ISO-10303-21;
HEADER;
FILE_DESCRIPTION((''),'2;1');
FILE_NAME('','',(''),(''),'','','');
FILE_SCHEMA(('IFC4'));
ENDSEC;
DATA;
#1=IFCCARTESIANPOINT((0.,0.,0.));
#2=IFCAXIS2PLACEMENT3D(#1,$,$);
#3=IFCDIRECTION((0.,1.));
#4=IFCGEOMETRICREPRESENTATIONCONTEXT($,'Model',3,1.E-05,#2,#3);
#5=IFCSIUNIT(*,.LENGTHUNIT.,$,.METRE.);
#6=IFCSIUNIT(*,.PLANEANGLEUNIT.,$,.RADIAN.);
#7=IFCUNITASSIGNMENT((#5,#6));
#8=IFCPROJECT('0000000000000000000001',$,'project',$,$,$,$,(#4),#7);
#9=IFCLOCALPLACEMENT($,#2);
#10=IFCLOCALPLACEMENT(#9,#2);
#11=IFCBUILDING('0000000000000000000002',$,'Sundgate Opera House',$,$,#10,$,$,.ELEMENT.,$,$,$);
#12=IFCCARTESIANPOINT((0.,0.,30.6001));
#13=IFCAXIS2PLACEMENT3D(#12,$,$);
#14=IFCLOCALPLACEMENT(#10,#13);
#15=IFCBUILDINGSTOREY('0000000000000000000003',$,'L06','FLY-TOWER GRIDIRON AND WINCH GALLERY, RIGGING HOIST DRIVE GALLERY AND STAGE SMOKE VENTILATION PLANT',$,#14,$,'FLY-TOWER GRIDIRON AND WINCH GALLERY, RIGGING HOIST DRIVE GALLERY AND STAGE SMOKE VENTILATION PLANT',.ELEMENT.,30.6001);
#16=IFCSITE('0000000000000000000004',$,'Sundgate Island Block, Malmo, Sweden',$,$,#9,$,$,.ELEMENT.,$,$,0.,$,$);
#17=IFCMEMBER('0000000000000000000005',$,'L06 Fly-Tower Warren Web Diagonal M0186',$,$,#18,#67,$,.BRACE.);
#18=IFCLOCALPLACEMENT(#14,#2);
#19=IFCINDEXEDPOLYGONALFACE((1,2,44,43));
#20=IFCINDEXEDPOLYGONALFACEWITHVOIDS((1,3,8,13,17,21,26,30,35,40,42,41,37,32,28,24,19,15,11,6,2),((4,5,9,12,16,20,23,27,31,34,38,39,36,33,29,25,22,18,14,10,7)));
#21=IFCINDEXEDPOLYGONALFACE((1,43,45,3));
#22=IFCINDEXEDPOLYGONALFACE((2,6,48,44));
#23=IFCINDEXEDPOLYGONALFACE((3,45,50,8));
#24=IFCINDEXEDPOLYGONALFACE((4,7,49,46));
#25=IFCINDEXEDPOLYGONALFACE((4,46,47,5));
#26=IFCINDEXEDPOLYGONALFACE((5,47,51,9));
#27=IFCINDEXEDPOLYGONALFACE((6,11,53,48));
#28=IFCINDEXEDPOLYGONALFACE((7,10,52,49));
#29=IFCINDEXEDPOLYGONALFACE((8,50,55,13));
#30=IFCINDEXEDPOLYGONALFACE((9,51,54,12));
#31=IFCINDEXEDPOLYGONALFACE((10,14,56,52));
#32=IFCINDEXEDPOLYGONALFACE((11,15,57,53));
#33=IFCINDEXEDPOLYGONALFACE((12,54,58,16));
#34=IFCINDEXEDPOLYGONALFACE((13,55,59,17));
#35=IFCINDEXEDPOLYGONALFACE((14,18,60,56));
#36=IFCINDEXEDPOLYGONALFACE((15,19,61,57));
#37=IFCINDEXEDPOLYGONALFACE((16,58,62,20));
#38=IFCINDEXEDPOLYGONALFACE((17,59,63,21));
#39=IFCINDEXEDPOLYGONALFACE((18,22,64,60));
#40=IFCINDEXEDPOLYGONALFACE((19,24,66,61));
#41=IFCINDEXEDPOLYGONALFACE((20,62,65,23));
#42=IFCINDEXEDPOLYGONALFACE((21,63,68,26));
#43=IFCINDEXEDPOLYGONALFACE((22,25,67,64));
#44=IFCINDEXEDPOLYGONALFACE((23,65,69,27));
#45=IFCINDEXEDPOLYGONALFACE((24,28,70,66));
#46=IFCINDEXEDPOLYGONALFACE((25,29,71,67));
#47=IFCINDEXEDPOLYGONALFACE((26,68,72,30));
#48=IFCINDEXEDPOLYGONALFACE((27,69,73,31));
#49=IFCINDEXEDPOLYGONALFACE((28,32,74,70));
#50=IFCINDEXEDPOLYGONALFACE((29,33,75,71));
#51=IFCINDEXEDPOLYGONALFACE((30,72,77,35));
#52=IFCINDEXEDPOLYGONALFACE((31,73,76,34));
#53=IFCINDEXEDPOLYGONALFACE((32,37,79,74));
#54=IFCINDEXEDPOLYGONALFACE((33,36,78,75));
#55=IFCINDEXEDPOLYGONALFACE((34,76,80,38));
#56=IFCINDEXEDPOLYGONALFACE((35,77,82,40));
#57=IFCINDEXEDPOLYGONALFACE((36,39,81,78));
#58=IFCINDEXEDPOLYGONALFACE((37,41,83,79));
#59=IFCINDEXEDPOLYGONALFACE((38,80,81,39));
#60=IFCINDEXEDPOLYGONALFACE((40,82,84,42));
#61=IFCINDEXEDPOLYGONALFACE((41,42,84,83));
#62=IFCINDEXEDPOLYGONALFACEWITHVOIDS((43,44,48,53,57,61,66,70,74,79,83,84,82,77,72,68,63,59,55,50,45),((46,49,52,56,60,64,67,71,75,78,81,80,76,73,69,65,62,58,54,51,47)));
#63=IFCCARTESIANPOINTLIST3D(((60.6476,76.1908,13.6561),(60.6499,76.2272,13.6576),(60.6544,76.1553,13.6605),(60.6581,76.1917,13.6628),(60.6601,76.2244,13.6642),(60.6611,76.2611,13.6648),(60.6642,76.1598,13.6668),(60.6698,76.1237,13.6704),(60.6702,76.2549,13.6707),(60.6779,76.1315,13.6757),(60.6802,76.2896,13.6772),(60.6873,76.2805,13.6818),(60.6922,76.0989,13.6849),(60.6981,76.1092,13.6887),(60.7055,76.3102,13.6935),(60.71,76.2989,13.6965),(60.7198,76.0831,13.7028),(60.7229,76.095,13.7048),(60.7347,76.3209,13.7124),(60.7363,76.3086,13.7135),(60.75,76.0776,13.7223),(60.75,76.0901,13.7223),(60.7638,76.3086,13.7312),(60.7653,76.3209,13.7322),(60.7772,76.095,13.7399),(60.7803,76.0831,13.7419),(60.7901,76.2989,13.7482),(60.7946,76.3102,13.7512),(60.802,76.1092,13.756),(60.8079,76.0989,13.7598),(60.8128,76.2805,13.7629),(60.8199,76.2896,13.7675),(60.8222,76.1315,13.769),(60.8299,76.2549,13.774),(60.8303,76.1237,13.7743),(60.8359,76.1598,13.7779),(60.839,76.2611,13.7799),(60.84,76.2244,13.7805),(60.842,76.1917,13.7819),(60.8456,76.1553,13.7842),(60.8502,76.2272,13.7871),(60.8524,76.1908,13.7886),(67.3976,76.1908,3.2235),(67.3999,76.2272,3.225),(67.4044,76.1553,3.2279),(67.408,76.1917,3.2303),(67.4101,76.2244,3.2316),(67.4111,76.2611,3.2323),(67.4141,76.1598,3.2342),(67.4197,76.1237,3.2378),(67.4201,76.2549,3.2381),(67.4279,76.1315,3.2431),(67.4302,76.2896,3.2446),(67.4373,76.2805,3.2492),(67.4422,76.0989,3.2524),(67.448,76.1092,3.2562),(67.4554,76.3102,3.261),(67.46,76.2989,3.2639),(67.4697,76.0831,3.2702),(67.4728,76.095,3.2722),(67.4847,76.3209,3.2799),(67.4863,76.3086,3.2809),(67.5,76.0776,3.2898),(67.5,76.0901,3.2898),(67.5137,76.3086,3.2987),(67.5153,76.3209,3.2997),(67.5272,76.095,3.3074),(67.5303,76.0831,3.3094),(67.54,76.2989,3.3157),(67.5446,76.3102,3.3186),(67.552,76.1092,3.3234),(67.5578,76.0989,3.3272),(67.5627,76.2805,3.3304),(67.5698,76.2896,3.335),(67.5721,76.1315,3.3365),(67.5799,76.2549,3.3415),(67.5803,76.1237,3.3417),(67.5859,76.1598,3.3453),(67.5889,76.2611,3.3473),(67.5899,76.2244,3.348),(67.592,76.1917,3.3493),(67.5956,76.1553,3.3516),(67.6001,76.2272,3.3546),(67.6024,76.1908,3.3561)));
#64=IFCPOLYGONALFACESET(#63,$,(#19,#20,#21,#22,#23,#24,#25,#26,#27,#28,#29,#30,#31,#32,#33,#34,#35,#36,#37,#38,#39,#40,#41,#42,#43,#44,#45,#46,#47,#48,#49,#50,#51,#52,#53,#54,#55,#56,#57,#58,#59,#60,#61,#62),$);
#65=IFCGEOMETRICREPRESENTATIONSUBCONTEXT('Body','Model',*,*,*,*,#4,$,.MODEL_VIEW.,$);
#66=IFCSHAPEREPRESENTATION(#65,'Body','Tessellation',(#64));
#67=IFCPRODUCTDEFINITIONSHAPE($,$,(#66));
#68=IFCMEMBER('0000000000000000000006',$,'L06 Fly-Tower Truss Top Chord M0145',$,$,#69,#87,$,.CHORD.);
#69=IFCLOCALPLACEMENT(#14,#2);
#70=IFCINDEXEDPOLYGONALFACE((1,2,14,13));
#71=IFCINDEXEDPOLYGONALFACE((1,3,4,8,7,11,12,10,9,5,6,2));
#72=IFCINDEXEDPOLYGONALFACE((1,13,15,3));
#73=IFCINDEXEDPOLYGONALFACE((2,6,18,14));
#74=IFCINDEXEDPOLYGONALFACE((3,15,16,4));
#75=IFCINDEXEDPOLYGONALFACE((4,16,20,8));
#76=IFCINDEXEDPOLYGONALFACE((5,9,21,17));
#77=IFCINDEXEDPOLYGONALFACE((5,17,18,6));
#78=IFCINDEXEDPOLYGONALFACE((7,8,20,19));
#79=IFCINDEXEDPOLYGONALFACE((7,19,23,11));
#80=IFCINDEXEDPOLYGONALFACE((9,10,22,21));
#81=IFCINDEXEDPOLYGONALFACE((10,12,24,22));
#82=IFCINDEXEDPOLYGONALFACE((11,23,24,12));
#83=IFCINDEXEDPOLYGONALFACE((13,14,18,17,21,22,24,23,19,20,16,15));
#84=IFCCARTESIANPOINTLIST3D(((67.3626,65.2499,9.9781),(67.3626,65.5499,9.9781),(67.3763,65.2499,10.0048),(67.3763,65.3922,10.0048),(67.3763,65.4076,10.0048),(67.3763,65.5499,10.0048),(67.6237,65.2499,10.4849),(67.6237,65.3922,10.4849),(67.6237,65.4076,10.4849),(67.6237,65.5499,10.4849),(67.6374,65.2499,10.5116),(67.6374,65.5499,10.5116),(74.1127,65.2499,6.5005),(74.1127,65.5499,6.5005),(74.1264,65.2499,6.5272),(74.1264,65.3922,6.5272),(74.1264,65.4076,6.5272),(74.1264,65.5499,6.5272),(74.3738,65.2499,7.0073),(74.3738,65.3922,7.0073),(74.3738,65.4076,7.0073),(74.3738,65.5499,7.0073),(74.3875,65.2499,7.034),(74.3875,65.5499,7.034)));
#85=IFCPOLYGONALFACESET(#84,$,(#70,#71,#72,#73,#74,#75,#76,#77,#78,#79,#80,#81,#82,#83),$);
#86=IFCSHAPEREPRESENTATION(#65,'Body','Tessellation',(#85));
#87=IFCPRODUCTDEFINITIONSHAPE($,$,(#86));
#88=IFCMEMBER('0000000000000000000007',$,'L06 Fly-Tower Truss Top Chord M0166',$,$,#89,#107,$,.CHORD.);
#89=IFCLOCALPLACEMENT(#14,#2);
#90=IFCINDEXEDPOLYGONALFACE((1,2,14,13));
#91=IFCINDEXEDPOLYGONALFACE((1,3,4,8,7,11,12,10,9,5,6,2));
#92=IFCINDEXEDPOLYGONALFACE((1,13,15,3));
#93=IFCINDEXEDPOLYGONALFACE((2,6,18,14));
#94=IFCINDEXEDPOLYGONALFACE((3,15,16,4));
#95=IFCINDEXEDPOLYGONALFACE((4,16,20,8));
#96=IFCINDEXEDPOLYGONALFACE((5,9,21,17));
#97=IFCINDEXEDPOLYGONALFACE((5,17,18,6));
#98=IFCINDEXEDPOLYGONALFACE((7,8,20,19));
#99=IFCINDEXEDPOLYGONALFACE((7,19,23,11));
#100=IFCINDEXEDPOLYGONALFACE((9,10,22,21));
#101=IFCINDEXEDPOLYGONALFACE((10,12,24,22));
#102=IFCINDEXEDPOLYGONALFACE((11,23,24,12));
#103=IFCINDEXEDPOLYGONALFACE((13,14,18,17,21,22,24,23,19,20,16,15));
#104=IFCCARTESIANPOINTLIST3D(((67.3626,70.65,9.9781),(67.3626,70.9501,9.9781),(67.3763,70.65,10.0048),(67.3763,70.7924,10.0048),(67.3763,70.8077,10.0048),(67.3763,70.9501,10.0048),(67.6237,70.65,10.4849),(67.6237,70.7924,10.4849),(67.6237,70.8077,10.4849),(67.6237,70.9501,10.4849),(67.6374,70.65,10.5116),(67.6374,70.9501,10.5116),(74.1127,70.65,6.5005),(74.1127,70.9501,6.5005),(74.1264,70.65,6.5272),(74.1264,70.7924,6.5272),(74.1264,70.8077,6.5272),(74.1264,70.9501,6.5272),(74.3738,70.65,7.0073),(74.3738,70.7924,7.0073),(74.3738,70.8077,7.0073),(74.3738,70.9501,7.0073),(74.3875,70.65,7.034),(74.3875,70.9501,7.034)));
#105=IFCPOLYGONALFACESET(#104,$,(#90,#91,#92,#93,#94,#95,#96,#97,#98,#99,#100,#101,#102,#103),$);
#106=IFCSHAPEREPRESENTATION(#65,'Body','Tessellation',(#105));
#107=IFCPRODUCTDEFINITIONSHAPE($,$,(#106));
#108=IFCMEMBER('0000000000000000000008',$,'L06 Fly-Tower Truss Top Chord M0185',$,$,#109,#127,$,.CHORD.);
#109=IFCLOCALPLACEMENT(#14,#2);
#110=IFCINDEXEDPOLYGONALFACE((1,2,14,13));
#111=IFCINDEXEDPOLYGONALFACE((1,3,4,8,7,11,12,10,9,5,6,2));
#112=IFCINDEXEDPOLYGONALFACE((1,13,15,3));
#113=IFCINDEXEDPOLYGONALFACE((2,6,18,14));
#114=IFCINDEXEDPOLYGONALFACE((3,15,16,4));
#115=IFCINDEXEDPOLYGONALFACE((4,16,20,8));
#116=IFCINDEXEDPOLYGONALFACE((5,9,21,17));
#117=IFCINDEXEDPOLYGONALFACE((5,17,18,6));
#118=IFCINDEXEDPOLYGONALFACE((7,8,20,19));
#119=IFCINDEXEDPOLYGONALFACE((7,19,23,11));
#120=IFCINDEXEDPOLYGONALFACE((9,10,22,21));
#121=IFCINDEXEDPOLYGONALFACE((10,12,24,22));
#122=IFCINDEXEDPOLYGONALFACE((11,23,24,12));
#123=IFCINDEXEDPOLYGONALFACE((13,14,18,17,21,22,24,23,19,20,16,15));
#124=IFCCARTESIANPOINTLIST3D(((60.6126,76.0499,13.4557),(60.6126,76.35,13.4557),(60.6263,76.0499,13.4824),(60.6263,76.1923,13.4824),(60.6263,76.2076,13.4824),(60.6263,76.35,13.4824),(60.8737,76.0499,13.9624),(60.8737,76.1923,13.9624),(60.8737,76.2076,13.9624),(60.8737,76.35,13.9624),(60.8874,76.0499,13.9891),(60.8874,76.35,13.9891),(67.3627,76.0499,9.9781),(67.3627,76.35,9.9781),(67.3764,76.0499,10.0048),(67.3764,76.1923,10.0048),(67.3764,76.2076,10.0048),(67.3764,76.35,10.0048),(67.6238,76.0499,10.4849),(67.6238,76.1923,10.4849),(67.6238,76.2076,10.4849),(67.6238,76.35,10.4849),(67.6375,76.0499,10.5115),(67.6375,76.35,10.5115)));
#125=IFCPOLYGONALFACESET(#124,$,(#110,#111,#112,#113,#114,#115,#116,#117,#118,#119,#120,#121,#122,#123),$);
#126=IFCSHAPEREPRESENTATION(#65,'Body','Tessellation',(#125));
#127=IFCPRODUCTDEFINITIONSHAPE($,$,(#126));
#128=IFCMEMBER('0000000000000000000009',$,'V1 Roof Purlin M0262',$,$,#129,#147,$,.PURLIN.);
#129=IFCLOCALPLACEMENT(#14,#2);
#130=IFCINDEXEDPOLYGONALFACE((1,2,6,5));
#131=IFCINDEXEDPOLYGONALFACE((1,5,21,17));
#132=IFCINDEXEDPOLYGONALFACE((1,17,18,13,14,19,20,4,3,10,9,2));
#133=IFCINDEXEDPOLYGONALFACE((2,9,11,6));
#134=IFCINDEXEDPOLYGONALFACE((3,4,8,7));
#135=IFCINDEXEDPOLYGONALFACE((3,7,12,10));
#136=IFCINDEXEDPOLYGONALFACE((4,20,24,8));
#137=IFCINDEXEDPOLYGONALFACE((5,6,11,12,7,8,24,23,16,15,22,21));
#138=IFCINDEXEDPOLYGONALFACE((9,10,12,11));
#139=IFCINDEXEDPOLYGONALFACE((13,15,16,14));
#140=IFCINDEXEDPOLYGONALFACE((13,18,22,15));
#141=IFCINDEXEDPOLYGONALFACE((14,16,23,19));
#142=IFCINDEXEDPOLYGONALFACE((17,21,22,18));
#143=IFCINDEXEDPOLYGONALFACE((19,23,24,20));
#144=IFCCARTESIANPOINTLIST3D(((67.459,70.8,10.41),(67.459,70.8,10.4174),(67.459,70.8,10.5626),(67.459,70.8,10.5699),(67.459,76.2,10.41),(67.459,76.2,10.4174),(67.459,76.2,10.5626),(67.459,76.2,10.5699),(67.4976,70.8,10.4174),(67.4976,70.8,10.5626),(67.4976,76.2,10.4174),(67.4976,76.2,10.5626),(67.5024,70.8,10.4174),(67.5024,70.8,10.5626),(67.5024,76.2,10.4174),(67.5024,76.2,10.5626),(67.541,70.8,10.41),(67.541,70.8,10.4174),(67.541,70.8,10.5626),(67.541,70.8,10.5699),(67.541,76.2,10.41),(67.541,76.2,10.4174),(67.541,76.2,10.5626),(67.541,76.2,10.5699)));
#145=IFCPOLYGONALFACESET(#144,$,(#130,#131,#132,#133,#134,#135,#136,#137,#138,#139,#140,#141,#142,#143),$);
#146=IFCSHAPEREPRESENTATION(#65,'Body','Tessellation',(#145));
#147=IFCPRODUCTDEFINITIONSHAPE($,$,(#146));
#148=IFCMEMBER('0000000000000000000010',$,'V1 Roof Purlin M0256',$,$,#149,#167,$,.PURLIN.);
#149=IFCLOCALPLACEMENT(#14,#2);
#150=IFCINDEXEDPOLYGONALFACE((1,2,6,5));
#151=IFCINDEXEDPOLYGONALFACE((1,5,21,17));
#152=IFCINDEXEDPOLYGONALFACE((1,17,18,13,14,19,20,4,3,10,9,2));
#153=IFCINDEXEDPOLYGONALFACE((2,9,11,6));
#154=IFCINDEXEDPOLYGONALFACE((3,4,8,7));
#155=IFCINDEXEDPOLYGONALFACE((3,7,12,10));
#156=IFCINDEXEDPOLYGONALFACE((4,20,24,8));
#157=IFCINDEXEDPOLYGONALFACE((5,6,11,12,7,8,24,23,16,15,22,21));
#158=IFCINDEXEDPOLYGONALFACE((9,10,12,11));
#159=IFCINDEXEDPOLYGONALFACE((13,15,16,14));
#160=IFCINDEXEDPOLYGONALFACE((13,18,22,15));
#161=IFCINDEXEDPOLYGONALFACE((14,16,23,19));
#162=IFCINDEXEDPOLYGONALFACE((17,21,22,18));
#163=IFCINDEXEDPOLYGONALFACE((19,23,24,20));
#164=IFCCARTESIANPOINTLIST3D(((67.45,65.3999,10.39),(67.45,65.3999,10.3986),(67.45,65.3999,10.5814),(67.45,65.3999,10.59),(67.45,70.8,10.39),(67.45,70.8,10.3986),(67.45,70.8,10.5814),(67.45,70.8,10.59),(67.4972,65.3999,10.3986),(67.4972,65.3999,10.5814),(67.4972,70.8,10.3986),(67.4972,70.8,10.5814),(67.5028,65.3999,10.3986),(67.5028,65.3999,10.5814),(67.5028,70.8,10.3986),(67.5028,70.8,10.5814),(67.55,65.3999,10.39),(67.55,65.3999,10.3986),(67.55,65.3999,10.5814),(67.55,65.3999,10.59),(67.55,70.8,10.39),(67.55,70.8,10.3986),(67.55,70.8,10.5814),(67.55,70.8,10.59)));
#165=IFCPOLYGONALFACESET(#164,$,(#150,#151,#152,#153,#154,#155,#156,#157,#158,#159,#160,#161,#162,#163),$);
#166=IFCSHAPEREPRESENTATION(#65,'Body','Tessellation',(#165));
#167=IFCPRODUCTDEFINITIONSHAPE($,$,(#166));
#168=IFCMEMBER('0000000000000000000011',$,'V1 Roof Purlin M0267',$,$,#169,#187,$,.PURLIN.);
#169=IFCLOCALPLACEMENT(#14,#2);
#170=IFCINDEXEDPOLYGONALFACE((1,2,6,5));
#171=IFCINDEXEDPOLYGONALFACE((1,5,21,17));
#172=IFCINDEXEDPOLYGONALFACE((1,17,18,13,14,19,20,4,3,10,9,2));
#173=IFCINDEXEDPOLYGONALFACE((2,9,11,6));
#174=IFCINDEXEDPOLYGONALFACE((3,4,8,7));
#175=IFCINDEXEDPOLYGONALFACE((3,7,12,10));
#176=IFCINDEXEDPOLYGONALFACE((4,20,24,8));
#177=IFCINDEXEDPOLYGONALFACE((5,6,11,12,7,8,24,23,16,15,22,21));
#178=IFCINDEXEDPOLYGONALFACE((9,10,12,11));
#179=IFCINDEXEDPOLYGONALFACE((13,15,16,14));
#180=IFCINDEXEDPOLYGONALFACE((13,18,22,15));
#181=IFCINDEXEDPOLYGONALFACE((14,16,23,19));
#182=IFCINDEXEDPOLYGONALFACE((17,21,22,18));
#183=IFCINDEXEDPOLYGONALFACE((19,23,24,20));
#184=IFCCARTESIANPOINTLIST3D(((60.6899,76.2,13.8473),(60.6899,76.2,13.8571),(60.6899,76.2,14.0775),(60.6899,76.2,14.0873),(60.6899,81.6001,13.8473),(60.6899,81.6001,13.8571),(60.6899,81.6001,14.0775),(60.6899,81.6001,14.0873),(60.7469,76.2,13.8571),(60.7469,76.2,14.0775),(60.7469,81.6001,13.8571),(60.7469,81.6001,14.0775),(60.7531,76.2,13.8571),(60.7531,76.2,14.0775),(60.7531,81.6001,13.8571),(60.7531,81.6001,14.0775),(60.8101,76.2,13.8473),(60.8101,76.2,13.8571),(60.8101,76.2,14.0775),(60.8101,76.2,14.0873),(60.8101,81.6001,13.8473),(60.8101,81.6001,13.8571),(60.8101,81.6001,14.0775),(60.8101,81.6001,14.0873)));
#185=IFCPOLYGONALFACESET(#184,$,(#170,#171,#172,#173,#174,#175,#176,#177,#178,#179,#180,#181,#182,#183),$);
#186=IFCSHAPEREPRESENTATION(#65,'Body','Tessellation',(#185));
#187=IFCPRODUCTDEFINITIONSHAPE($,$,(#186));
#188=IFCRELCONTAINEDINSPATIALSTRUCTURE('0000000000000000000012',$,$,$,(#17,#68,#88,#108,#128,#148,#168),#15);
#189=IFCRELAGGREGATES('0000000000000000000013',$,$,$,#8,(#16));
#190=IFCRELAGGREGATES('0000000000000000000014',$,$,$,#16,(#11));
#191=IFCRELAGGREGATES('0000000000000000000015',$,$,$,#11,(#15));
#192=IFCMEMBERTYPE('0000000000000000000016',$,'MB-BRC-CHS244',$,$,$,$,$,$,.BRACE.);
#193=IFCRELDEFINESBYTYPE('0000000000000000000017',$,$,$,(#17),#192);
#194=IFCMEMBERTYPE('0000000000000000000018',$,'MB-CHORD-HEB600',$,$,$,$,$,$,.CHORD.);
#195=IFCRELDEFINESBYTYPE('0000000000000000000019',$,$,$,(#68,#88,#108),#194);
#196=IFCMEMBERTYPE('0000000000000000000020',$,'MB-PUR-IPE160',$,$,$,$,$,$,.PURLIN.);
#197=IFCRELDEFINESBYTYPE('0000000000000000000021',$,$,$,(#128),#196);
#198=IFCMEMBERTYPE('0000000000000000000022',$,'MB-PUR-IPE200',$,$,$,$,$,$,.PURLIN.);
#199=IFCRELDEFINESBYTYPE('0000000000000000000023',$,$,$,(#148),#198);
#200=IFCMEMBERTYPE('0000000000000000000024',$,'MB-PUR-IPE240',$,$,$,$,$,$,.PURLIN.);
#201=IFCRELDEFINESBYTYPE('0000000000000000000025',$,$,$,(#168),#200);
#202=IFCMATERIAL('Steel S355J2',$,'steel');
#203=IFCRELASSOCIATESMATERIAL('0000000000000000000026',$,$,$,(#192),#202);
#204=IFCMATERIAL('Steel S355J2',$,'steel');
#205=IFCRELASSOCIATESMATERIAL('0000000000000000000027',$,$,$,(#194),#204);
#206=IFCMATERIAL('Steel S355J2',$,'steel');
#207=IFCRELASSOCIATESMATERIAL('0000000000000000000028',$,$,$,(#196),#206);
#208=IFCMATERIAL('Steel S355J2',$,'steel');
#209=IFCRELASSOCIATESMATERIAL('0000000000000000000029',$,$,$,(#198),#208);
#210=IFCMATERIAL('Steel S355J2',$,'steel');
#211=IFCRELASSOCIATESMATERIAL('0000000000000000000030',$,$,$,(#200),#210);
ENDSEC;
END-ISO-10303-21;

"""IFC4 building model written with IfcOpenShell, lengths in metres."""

from ifc_helpers import new_model, si_unit, direction, frame, origin, origin_2d, place, context, subcontext, project, spatial, hollow_circle, i_section, extrude, material, material_profile, profile_set, type_object, element, save


model = new_model("IFC4")

# Units and contexts
model_context = context("Model", 3, precision=1e-05, world=origin(), true_north=direction((0.0, 1.0)))
body_context = subcontext(model_context, "Body", "Model", "MODEL_VIEW")
ifc_project = project(units=[si_unit("LENGTHUNIT", "METRE"), si_unit("PLANEANGLEUNIT", "RADIAN")], contexts=[model_context])

# Site, building, storey
site_placement = place(None, origin())
site = spatial("IfcSite", under=ifc_project, at=site_placement, Name="Sundgate Island Block, Malmo, Sweden", CompositionType="ELEMENT", RefElevation=0.0)
building_placement = place(site_placement, origin())
building = spatial("IfcBuilding", under=site, at=building_placement, Name="Sundgate Opera House", CompositionType="ELEMENT")
storey_placement = place(building_placement, frame((0.0, 0.0, 30.6001)))
storey = spatial("IfcBuildingStorey", under=building, at=storey_placement, Name="L06", Description="FLY-TOWER GRIDIRON AND WINCH GALLERY, RIGGING HOIST DRIVE GALLERY AND STAGE SMOKE VENTILATION PLANT", LongName="FLY-TOWER GRIDIRON AND WINCH GALLERY, RIGGING HOIST DRIVE GALLERY AND STAGE SMOKE VENTILATION PLANT", CompositionType="ELEMENT", Elevation=30.6001)

# Members
ifc_material_1 = material(Name="Steel S355J2", Category="steel")
ifc_material_profile_1 = material_profile(ifc_material_1, hollow_circle(Radius=0.1223, WallThickness=0.0125, at=origin_2d()), Name="CHS 244.5x12.5")
ifc_profile_set_1 = profile_set([ifc_material_profile_1], Name="Steel S355J2")
member_type_1 = type_object("IfcMemberType", Name="MB-BRC-CHS244", PredefinedType="BRACE", material=ifc_profile_set_1)
for number, where, z_axis, x_axis, name in (
    (1, (67.5, 76.2, 3.2898), (-0.543222, 0.0, 0.839589), (0.0, -1.0, 0.0), "L06 Fly-Tower Warren Web Diagonal M0186"),
):
    element("IfcMember", number, at=place(storey_placement, frame(where, z_axis=z_axis, x_axis=x_axis)), inside=storey, type_object=member_type_1, Name=name, PredefinedType="BRACE", context=body_context, shape_type="SweptSolid", body=[
        extrude(hollow_circle(Radius=0.1223, WallThickness=0.0125, at=origin_2d()), origin(), (0.0, 0.0, 1.0), 12.4258),
    ])
ifc_material_2 = material(Name="Steel S355J2", Category="steel")
ifc_material_profile_2 = material_profile(ifc_material_2, i_section(OverallWidth=0.3, OverallDepth=0.6001, WebThickness=0.0154, FlangeThickness=0.03, at=origin_2d()), Name="HEB 600")
ifc_profile_set_2 = profile_set([ifc_material_profile_2], Name="Steel S355J2")
member_type_2 = type_object("IfcMemberType", Name="MB-CHORD-HEB600", PredefinedType="CHORD", material=ifc_profile_set_2)
for number, where, z_axis, x_axis, name in (
    (2, (67.5, 65.3999, 10.2449), (0.88896, 0.0, -0.457984), (0.0, 1.0, 0.0), "L06 Fly-Tower Truss Top Chord M0145"),
    (3, (67.5, 70.8, 10.2449), (0.88896, 0.0, -0.457984), (0.0, 1.0, 0.0), "L06 Fly-Tower Truss Top Chord M0166"),
    (4, (60.75, 76.2, 13.7224), (0.88896, 0.0, -0.457984), (0.0, 1.0, 0.0), "L06 Fly-Tower Truss Top Chord M0185"),
):
    element("IfcMember", number, at=place(storey_placement, frame(where, z_axis=z_axis, x_axis=x_axis)), inside=storey, type_object=member_type_2, Name=name, PredefinedType="CHORD", context=body_context, shape_type="SweptSolid", body=[
        extrude(i_section(OverallWidth=0.3, OverallDepth=0.6001, WebThickness=0.0154, FlangeThickness=0.03, at=origin_2d()), origin(), (0.0, 0.0, 1.0), 7.5933),
    ])
ifc_material_3 = material(Name="Steel S355J2", Category="steel")
ifc_material_profile_3 = material_profile(ifc_material_3, i_section(OverallWidth=0.082, OverallDepth=0.1599, WebThickness=0.0049, FlangeThickness=0.0073, at=origin_2d()), Name="IPE 160")
ifc_profile_set_3 = profile_set([ifc_material_profile_3], Name="Steel S355J2")
member_type_3 = type_object("IfcMemberType", Name="MB-PUR-IPE160", PredefinedType="PURLIN", material=ifc_profile_set_3)
member_1_placement = place(storey_placement, frame((67.5, 70.8, 10.49), z_axis=(0.0, 1.0, 0.0), x_axis=(-1.0, 0.0, 0.0)))
element("IfcMember", 5, at=member_1_placement, inside=storey, type_object=member_type_3, Name="V1 Roof Purlin M0262", PredefinedType="PURLIN", context=body_context, shape_type="SweptSolid", body=[
    extrude(i_section(OverallWidth=0.082, OverallDepth=0.1599, WebThickness=0.0049, FlangeThickness=0.0073, at=origin_2d()), origin(), (0.0, 0.0, 1.0), 5.3999),
])
ifc_material_4 = material(Name="Steel S355J2", Category="steel")
ifc_material_profile_4 = material_profile(ifc_material_4, i_section(OverallWidth=0.1001, OverallDepth=0.2, WebThickness=0.0056, FlangeThickness=0.0085, at=origin_2d()), Name="IPE 200")
ifc_profile_set_4 = profile_set([ifc_material_profile_4], Name="Steel S355J2")
member_type_4 = type_object("IfcMemberType", Name="MB-PUR-IPE200", PredefinedType="PURLIN", material=ifc_profile_set_4)
member_2_placement = place(storey_placement, frame((67.5, 65.3999, 10.49), z_axis=(0.0, 1.0, 0.0), x_axis=(-1.0, 0.0, 0.0)))
element("IfcMember", 6, at=member_2_placement, inside=storey, type_object=member_type_4, Name="V1 Roof Purlin M0256", PredefinedType="PURLIN", context=body_context, shape_type="SweptSolid", body=[
    extrude(i_section(OverallWidth=0.1001, OverallDepth=0.2, WebThickness=0.0056, FlangeThickness=0.0085, at=origin_2d()), origin(), (0.0, 0.0, 1.0), 5.4001),
])
ifc_material_5 = material(Name="Steel S355J2", Category="steel")
ifc_material_profile_5 = material_profile(ifc_material_5, i_section(OverallWidth=0.1201, OverallDepth=0.24, WebThickness=0.0061, FlangeThickness=0.0098, at=origin_2d()), Name="IPE 240")
ifc_profile_set_5 = profile_set([ifc_material_profile_5], Name="Steel S355J2")
member_type_5 = type_object("IfcMemberType", Name="MB-PUR-IPE240", PredefinedType="PURLIN", material=ifc_profile_set_5)
member_3_placement = place(storey_placement, frame((60.75, 76.2, 13.9673), z_axis=(0.0, 1.0, 0.0), x_axis=(-1.0, 0.0, 0.0)))
element("IfcMember", 7, at=member_3_placement, inside=storey, type_object=member_type_5, Name="V1 Roof Purlin M0267", PredefinedType="PURLIN", context=body_context, shape_type="SweptSolid", body=[
    extrude(i_section(OverallWidth=0.1201, OverallDepth=0.24, WebThickness=0.0061, FlangeThickness=0.0098, at=origin_2d()), origin(), (0.0, 0.0, 1.0), 5.4001),
])

save(model, "model.ifc")
